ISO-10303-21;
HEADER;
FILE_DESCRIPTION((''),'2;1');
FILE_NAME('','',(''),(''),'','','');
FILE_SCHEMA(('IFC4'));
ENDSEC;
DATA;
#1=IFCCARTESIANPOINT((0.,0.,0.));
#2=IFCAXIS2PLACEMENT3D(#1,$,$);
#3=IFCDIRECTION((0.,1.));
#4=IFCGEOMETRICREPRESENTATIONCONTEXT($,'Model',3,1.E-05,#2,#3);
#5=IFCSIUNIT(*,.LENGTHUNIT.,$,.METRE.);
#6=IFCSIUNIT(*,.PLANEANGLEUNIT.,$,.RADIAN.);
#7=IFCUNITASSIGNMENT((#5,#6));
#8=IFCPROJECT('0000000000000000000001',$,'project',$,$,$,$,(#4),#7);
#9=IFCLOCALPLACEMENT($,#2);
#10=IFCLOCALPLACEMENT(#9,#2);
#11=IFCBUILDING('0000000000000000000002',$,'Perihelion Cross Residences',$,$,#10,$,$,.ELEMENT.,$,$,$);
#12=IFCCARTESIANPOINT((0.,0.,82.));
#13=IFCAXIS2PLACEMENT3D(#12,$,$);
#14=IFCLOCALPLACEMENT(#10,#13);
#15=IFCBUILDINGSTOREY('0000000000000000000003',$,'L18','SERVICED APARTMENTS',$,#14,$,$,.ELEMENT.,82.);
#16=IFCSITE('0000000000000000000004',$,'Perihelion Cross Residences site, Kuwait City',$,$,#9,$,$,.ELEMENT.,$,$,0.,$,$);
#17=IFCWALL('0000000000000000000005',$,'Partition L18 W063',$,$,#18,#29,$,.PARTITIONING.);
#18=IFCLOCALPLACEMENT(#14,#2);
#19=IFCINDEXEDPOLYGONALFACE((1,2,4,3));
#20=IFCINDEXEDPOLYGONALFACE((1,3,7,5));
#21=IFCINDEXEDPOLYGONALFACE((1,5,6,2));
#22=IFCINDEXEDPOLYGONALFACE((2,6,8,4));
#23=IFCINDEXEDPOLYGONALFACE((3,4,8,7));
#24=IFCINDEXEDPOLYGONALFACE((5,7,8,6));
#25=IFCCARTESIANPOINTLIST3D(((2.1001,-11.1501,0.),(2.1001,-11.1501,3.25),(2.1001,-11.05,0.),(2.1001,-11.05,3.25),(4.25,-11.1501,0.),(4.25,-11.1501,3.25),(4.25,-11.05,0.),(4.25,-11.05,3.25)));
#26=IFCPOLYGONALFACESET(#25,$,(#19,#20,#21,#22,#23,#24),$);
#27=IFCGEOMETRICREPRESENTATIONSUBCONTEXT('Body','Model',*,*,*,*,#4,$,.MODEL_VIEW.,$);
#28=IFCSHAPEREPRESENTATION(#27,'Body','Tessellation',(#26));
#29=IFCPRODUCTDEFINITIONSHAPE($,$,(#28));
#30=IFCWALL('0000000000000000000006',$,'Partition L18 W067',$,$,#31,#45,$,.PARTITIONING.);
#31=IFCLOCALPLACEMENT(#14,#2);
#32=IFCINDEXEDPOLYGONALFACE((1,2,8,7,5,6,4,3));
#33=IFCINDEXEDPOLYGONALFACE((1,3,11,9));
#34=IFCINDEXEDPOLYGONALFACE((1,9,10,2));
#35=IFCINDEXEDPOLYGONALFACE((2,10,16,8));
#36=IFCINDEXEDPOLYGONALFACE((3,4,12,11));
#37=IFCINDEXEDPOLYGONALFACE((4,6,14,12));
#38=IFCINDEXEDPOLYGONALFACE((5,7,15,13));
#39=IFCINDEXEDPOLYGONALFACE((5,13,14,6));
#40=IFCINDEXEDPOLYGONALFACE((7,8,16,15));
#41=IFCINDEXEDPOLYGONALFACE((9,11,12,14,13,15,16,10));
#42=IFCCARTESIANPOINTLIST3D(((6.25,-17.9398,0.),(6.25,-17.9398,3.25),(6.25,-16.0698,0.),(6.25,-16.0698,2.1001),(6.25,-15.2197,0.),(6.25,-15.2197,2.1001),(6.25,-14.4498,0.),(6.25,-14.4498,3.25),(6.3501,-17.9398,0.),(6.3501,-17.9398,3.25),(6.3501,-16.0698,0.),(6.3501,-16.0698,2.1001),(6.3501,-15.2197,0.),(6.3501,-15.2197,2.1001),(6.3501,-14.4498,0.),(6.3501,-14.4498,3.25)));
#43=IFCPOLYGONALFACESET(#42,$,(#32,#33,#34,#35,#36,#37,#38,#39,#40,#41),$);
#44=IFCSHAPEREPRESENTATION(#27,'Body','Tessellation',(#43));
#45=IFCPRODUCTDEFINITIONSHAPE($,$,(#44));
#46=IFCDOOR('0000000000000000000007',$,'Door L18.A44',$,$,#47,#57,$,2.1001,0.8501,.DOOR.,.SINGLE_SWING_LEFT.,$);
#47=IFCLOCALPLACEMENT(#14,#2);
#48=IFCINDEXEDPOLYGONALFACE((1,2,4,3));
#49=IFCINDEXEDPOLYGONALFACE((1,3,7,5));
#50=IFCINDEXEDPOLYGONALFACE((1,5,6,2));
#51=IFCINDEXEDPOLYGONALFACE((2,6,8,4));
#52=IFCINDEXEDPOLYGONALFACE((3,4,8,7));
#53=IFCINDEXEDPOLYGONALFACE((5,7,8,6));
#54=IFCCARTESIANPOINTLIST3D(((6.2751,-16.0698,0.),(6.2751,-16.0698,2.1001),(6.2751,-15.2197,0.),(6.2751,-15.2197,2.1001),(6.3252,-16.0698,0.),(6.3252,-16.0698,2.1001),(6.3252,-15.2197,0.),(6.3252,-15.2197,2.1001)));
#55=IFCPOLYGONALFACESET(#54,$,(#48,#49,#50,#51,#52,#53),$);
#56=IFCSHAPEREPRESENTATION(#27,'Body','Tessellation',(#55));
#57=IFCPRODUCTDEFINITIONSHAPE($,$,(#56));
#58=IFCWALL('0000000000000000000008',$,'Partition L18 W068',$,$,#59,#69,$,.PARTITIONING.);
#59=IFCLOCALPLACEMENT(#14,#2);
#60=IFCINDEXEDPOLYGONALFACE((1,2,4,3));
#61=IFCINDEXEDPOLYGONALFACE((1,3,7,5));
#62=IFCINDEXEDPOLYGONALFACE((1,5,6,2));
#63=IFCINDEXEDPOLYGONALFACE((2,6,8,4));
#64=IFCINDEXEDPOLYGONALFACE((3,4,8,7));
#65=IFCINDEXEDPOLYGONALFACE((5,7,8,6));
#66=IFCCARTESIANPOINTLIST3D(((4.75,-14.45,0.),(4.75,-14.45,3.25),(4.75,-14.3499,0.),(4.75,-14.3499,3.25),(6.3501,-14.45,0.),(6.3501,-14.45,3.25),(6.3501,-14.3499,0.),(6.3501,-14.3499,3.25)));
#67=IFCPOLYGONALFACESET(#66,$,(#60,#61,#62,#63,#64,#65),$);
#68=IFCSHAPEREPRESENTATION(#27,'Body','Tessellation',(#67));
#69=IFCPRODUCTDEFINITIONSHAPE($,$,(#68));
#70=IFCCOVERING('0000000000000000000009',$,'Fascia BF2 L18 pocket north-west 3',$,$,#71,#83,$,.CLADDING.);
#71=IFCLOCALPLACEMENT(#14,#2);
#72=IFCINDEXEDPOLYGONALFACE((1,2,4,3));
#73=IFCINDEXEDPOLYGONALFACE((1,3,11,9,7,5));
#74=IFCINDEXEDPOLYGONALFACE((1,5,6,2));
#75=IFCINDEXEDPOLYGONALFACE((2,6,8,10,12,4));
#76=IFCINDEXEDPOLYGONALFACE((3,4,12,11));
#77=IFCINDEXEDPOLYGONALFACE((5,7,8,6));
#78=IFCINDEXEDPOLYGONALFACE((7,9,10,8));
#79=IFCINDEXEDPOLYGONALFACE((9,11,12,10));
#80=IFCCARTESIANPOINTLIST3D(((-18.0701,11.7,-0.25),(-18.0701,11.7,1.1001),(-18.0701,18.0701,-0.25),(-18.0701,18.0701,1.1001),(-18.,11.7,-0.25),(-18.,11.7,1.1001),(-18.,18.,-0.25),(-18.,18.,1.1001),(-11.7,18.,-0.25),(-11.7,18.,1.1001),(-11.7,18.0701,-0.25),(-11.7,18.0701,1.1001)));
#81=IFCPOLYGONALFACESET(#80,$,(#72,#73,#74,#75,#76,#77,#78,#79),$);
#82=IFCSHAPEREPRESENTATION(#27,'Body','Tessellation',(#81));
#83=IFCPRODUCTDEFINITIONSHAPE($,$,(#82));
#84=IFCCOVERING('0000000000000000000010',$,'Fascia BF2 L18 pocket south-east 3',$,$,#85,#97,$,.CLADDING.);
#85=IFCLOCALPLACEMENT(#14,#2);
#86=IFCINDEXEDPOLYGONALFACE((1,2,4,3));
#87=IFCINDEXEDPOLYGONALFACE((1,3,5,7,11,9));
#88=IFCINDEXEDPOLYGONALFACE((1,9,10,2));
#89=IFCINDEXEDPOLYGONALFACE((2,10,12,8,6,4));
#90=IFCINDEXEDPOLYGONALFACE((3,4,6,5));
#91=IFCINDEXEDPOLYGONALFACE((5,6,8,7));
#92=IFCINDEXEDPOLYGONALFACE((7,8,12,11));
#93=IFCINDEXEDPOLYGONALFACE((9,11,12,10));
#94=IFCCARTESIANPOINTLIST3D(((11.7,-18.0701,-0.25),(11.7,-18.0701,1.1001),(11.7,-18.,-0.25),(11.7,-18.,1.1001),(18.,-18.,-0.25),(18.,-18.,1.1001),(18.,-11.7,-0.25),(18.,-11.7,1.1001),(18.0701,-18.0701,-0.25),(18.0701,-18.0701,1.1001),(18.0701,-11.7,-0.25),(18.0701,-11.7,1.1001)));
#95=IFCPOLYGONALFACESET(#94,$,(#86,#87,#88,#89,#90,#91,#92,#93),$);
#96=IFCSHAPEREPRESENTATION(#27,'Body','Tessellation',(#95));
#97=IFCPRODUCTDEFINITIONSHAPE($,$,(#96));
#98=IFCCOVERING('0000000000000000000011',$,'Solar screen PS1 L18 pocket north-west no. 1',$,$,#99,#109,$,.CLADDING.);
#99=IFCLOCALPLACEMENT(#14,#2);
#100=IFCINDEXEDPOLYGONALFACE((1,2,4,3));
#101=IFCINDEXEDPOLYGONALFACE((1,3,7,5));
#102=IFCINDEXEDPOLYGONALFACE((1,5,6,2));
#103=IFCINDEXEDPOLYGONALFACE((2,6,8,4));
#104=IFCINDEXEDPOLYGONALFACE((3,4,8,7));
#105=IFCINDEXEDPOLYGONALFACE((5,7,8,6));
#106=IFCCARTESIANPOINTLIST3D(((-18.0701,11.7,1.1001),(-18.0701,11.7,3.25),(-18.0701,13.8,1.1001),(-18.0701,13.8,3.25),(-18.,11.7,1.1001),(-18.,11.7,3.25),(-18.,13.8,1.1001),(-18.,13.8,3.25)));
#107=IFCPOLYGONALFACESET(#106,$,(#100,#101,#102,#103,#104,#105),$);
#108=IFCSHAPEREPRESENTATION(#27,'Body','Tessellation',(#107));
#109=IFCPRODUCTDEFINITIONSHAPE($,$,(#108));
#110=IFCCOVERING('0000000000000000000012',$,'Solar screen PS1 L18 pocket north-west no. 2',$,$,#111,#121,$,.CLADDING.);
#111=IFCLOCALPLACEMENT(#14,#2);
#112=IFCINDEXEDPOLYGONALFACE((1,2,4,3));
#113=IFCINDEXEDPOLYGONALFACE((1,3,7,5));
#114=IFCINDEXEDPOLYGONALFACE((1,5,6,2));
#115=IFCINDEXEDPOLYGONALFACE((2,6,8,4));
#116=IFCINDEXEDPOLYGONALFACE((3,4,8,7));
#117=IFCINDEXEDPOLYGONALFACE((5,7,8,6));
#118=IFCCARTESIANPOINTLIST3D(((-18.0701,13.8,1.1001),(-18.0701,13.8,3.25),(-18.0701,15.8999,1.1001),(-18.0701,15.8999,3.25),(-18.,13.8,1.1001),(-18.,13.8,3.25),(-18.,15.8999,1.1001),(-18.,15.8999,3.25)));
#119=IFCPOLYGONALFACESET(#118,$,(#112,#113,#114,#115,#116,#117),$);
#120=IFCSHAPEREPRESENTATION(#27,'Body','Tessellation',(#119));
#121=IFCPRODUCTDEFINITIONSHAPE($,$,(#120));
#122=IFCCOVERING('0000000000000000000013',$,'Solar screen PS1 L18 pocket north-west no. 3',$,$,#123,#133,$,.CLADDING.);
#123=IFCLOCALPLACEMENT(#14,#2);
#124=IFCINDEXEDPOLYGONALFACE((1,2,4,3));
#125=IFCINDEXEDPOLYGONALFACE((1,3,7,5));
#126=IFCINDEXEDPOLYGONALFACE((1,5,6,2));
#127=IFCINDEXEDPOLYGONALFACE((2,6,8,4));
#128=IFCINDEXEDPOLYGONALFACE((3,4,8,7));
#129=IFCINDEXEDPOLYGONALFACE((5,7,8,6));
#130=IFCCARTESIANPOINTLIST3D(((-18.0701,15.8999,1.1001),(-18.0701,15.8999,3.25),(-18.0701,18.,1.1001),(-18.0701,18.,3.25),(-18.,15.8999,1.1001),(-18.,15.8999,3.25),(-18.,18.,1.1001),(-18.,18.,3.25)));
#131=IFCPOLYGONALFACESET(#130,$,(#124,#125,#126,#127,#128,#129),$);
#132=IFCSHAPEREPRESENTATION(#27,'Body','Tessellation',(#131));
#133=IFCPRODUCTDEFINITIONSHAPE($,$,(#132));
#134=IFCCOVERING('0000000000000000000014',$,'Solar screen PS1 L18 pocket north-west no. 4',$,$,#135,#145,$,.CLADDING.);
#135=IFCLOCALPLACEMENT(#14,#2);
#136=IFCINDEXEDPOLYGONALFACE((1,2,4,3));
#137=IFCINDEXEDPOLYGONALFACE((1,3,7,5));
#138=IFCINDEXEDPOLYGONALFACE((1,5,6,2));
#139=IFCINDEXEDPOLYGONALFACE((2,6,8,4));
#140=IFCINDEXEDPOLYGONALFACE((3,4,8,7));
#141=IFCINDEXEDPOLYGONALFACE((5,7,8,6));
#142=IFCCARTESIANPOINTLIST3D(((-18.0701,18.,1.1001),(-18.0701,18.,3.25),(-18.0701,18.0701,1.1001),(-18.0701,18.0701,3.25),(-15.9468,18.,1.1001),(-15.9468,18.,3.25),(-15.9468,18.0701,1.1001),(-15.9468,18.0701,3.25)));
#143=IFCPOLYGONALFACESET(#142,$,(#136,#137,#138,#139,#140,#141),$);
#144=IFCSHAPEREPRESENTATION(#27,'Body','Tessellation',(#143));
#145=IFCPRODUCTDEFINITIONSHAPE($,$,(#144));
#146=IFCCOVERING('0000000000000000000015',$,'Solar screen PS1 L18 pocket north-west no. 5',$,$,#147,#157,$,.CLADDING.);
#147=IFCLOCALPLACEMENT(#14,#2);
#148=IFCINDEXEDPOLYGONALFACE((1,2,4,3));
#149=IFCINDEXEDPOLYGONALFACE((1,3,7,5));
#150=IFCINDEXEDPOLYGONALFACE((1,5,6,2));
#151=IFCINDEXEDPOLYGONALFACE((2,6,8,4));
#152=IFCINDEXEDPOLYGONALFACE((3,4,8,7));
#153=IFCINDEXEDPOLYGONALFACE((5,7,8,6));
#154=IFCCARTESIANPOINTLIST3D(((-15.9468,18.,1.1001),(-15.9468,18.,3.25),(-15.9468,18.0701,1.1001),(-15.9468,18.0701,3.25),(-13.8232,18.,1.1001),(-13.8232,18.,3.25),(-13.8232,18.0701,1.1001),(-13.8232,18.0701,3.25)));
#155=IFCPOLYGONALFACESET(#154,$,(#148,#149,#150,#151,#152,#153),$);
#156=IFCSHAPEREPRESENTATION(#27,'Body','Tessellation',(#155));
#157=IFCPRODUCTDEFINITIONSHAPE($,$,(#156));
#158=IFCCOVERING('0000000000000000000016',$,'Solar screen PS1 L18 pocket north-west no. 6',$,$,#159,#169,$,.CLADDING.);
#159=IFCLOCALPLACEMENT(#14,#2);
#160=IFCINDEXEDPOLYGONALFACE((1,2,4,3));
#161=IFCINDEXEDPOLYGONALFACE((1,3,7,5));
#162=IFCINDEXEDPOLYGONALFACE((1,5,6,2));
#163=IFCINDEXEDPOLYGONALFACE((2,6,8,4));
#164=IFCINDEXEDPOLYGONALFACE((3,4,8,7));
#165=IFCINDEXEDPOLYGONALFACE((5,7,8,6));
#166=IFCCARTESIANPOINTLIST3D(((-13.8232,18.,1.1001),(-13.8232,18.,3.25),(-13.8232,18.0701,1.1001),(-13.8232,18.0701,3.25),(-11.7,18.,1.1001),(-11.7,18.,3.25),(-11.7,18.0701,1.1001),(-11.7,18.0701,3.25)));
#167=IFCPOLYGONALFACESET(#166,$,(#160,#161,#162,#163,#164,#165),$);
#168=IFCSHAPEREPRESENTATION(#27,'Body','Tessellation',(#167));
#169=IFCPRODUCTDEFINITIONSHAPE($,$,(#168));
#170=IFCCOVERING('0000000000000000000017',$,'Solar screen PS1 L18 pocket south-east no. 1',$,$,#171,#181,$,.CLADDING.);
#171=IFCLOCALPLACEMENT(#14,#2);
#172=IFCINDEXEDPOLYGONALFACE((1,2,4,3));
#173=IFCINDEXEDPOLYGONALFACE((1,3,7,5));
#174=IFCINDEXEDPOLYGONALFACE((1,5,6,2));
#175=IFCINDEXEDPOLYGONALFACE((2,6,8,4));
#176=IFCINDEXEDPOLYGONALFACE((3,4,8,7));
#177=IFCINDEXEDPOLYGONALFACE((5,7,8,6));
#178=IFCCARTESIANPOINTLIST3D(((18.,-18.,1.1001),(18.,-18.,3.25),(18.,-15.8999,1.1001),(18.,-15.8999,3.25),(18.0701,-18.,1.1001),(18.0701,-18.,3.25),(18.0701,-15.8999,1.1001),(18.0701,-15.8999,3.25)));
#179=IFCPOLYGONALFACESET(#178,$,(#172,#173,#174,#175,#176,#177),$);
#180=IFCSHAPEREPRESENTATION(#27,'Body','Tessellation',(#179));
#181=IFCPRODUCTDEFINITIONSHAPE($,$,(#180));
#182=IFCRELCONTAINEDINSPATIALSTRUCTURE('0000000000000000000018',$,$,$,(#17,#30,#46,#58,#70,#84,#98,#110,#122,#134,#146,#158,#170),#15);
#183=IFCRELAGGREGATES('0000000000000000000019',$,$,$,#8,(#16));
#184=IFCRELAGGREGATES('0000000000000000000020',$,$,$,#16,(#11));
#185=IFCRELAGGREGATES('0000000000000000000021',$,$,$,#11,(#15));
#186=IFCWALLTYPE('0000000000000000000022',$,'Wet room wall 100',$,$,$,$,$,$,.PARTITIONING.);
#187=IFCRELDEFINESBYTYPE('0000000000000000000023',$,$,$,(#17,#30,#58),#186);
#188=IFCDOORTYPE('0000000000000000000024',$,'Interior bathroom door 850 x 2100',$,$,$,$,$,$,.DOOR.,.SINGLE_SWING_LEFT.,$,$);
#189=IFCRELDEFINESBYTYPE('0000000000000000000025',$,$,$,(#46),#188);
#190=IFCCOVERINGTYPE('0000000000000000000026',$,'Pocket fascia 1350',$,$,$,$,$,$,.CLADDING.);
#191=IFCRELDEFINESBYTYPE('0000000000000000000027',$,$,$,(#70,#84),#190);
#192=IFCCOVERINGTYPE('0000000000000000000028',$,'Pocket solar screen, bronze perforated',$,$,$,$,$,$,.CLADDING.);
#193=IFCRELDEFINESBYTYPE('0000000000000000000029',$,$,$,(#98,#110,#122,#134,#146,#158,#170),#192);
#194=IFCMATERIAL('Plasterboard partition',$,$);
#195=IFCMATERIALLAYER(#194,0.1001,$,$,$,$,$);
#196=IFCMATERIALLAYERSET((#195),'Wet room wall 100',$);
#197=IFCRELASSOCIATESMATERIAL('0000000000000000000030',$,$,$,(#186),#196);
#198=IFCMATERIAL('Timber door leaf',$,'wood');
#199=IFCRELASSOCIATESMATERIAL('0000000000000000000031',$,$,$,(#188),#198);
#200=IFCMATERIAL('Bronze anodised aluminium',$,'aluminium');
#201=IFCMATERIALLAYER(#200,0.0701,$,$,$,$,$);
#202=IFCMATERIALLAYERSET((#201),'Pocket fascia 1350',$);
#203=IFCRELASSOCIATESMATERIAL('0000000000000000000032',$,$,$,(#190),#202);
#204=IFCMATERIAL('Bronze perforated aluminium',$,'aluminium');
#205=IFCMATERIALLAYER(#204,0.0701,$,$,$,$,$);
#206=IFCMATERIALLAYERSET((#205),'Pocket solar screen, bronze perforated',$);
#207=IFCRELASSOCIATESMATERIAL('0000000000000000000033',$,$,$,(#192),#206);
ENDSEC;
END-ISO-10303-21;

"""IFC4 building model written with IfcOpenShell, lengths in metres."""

from ifc_helpers import new_model, si_unit, direction, frame, frame_2d, origin, place, context, subcontext, project, spatial, polyline, rectangle, outline, extrude, material, layer, layer_set, type_object, element, fill, save


model = new_model("IFC4")

# Units and contexts
model_context = context("Model", 3, precision=1e-05, world=origin(), true_north=direction((0.0, 1.0)))
body_context = subcontext(model_context, "Body", "Model", "MODEL_VIEW")
ifc_project = project(units=[si_unit("LENGTHUNIT", "METRE"), si_unit("PLANEANGLEUNIT", "RADIAN")], contexts=[model_context])

# Site, building, storey
site_placement = place(None, origin())
site = spatial("IfcSite", under=ifc_project, at=site_placement, Name="Perihelion Cross Residences site, Kuwait City", CompositionType="ELEMENT", RefElevation=0.0)
building_placement = place(site_placement, origin())
building = spatial("IfcBuilding", under=site, at=building_placement, Name="Perihelion Cross Residences", CompositionType="ELEMENT")
storey_placement = place(building_placement, frame((0.0, 0.0, 82.0)))
storey = spatial("IfcBuildingStorey", under=building, at=storey_placement, Name="L18", Description="SERVICED APARTMENTS", CompositionType="ELEMENT", Elevation=82.0)

# Shared definitions
ifc_material_1 = material(Name="Plasterboard partition")
ifc_layer_1 = layer(ifc_material_1, 0.1001)
ifc_layer_set_1 = layer_set([ifc_layer_1], Name="Wet room wall 100")
wall_type_1 = type_object("IfcWallType", Name="Wet room wall 100", PredefinedType="PARTITIONING", material=ifc_layer_set_1)
ifc_material_2 = material(Name="Timber door leaf", Category="wood")
door_type_1 = type_object("IfcDoorType", Name="Interior bathroom door 850 x 2100", OperationType="SINGLE_SWING_LEFT", PredefinedType="DOOR", material=ifc_material_2)

# Wall
wall_1_placement = place(storey_placement, frame((4.25, -11.1001, 0.0), z_axis=(0.0, 0.0, 1.0), x_axis=(-1.0, 0.0, 0.0)))
element("IfcWall", 1, at=wall_1_placement, inside=storey, type_object=wall_type_1, Name="Partition L18 W063", PredefinedType="PARTITIONING", context=body_context, shape_type="SweptSolid", body=[
    extrude(rectangle(XDim=2.1499, YDim=0.1001, at=frame_2d((1.075, 0.0))), origin(), (0.0, 0.0, 1.0), 3.25),
])

# Wall, opening, door
wall_2_placement = place(storey_placement, frame((6.3, -17.9399, 0.0), z_axis=(0.0, 0.0, 1.0), x_axis=(0.0, 1.0, 0.0)))
wall_2 = element("IfcWall", 2, at=wall_2_placement, inside=storey, type_object=wall_type_1, Name="Partition L18 W067", PredefinedType="PARTITIONING", context=body_context, shape_type="SweptSolid", body=[
    extrude(rectangle(XDim=3.49, YDim=0.1001, at=frame_2d((1.7451, 0.0))), origin(), (0.0, 0.0, 1.0), 3.25),
])
opening_1_placement = place(wall_2_placement, frame((1.8701, 0.0, 0.0)))
opening_1 = element("IfcOpeningElement", 3, at=opening_1_placement, cuts=wall_2, PredefinedType="OPENING", context=body_context, shape_type="SweptSolid", body=[
    extrude(rectangle(XDim=0.8501, YDim=2.1001, at=frame_2d((0.425, 1.05))), frame((0.0, 0.0601, 0.0), z_axis=(0.0, -1.0, 0.0), x_axis=(1.0, 0.0, 0.0)), (0.0, 0.0, 1.0), 0.1201),
])
door_1_placement = place(opening_1_placement, origin())
door_1 = element("IfcDoor", 4, at=door_1_placement, inside=storey, type_object=door_type_1, Name="Door L18.A44", OperationType="SINGLE_SWING_LEFT", OverallHeight=2.1001, OverallWidth=0.8501, PredefinedType="DOOR", context=body_context, shape_type="SweptSolid", body=[
    extrude(rectangle(XDim=0.8501, YDim=2.1001, at=frame_2d((0.425, 1.05))), frame((0.0, 0.0249, 0.0), z_axis=(0.0, -1.0, 0.0), x_axis=(1.0, 0.0, 0.0)), (0.0, 0.0, 1.0), 0.05),
])
fill(opening_1, door_1)

# Wall
wall_3_placement = place(storey_placement, frame((6.3501, -14.3999, 0.0), z_axis=(0.0, 0.0, 1.0), x_axis=(-1.0, 0.0, 0.0)))
element("IfcWall", 5, at=wall_3_placement, inside=storey, type_object=wall_type_1, Name="Partition L18 W068", PredefinedType="PARTITIONING", context=body_context, shape_type="SweptSolid", body=[
    extrude(rectangle(XDim=1.6001, YDim=0.1001, at=frame_2d((0.8, 0.0))), origin(), (0.0, 0.0, 1.0), 3.25),
])

# Coverings
ifc_material_3 = material(Name="Bronze anodised aluminium", Category="aluminium")
ifc_layer_2 = layer(ifc_material_3, 0.0701)
ifc_layer_set_2 = layer_set([ifc_layer_2], Name="Pocket fascia 1350")
covering_type_1 = type_object("IfcCoveringType", Name="Pocket fascia 1350", PredefinedType="CLADDING", material=ifc_layer_set_2)
covering_1_placement = place(storey_placement, frame((0.0, 0.0, -0.25)))
element("IfcCovering", 6, at=covering_1_placement, inside=storey, type_object=covering_type_1, Name="Fascia BF2 L18 pocket north-west 3", PredefinedType="CLADDING", context=body_context, shape_type="SweptSolid", body=[
    extrude(outline(polyline([(-18.0701, 18.0701), (-18.0701, 11.7), (-18.0, 11.7), (-18.0, 18.0), (-11.7, 18.0), (-11.7, 18.0701), (-18.0701, 18.0701)])), origin(), (0.0, 0.0, 1.0), 1.3501),
])
covering_2_placement = place(storey_placement, frame((0.0, 0.0, -0.25)))
element("IfcCovering", 7, at=covering_2_placement, inside=storey, type_object=covering_type_1, Name="Fascia BF2 L18 pocket south-east 3", PredefinedType="CLADDING", context=body_context, shape_type="SweptSolid", body=[
    extrude(outline(polyline([(18.0701, -18.0701), (18.0701, -11.7), (18.0, -11.7), (18.0, -18.0), (11.7, -18.0), (11.7, -18.0701), (18.0701, -18.0701)])), origin(), (0.0, 0.0, 1.0), 1.3501),
])
ifc_material_4 = material(Name="Bronze perforated aluminium", Category="aluminium")
ifc_layer_3 = layer(ifc_material_4, 0.0701)
ifc_layer_set_3 = layer_set([ifc_layer_3], Name="Pocket solar screen, bronze perforated")
covering_type_2 = type_object("IfcCoveringType", Name="Pocket solar screen, bronze perforated", PredefinedType="CLADDING", material=ifc_layer_set_3)
covering_3_placement = place(storey_placement, frame((0.0, 0.0, 1.1001)))
element("IfcCovering", 8, at=covering_3_placement, inside=storey, type_object=covering_type_2, Name="Solar screen PS1 L18 pocket north-west no. 1", PredefinedType="CLADDING", context=body_context, shape_type="SweptSolid", body=[
    extrude(outline(polyline([(-18.0, 11.7), (-18.0, 13.8), (-18.0701, 13.8), (-18.0701, 11.7), (-18.0, 11.7)])), origin(), (0.0, 0.0, 1.0), 2.1499),
])
covering_4_placement = place(storey_placement, frame((0.0, 0.0, 1.1001)))
element("IfcCovering", 9, at=covering_4_placement, inside=storey, type_object=covering_type_2, Name="Solar screen PS1 L18 pocket north-west no. 2", PredefinedType="CLADDING", context=body_context, shape_type="SweptSolid", body=[
    extrude(outline(polyline([(-18.0, 13.8), (-18.0, 15.8999), (-18.0701, 15.8999), (-18.0701, 13.8), (-18.0, 13.8)])), origin(), (0.0, 0.0, 1.0), 2.1499),
])
covering_5_placement = place(storey_placement, frame((0.0, 0.0, 1.1001)))
element("IfcCovering", 10, at=covering_5_placement, inside=storey, type_object=covering_type_2, Name="Solar screen PS1 L18 pocket north-west no. 3", PredefinedType="CLADDING", context=body_context, shape_type="SweptSolid", body=[
    extrude(outline(polyline([(-18.0, 15.8999), (-18.0, 18.0), (-18.0701, 18.0), (-18.0701, 15.8999), (-18.0, 15.8999)])), origin(), (0.0, 0.0, 1.0), 2.1499),
])
covering_6_placement = place(storey_placement, frame((0.0, 0.0, 1.1001)))
element("IfcCovering", 11, at=covering_6_placement, inside=storey, type_object=covering_type_2, Name="Solar screen PS1 L18 pocket north-west no. 4", PredefinedType="CLADDING", context=body_context, shape_type="SweptSolid", body=[
    extrude(outline(polyline([(-15.9468, 18.0), (-15.9468, 18.0701), (-18.0701, 18.0701), (-18.0701, 18.0), (-15.9468, 18.0)])), origin(), (0.0, 0.0, 1.0), 2.1499),
])
covering_7_placement = place(storey_placement, frame((0.0, 0.0, 1.1001)))
element("IfcCovering", 12, at=covering_7_placement, inside=storey, type_object=covering_type_2, Name="Solar screen PS1 L18 pocket north-west no. 5", PredefinedType="CLADDING", context=body_context, shape_type="SweptSolid", body=[
    extrude(outline(polyline([(-13.8232, 18.0), (-13.8232, 18.0701), (-15.9468, 18.0701), (-15.9468, 18.0), (-13.8232, 18.0)])), origin(), (0.0, 0.0, 1.0), 2.1499),
])
covering_8_placement = place(storey_placement, frame((0.0, 0.0, 1.1001)))
element("IfcCovering", 13, at=covering_8_placement, inside=storey, type_object=covering_type_2, Name="Solar screen PS1 L18 pocket north-west no. 6", PredefinedType="CLADDING", context=body_context, shape_type="SweptSolid", body=[
    extrude(outline(polyline([(-11.7, 18.0), (-11.7, 18.0701), (-13.8232, 18.0701), (-13.8232, 18.0), (-11.7, 18.0)])), origin(), (0.0, 0.0, 1.0), 2.1499),
])
covering_9_placement = place(storey_placement, frame((0.0, 0.0, 1.1001)))
element("IfcCovering", 14, at=covering_9_placement, inside=storey, type_object=covering_type_2, Name="Solar screen PS1 L18 pocket south-east no. 1", PredefinedType="CLADDING", context=body_context, shape_type="SweptSolid", body=[
    extrude(outline(polyline([(18.0701, -18.0), (18.0701, -15.8999), (18.0, -15.8999), (18.0, -18.0), (18.0701, -18.0)])), origin(), (0.0, 0.0, 1.0), 2.1499),
])

save(model, "model.ifc")
